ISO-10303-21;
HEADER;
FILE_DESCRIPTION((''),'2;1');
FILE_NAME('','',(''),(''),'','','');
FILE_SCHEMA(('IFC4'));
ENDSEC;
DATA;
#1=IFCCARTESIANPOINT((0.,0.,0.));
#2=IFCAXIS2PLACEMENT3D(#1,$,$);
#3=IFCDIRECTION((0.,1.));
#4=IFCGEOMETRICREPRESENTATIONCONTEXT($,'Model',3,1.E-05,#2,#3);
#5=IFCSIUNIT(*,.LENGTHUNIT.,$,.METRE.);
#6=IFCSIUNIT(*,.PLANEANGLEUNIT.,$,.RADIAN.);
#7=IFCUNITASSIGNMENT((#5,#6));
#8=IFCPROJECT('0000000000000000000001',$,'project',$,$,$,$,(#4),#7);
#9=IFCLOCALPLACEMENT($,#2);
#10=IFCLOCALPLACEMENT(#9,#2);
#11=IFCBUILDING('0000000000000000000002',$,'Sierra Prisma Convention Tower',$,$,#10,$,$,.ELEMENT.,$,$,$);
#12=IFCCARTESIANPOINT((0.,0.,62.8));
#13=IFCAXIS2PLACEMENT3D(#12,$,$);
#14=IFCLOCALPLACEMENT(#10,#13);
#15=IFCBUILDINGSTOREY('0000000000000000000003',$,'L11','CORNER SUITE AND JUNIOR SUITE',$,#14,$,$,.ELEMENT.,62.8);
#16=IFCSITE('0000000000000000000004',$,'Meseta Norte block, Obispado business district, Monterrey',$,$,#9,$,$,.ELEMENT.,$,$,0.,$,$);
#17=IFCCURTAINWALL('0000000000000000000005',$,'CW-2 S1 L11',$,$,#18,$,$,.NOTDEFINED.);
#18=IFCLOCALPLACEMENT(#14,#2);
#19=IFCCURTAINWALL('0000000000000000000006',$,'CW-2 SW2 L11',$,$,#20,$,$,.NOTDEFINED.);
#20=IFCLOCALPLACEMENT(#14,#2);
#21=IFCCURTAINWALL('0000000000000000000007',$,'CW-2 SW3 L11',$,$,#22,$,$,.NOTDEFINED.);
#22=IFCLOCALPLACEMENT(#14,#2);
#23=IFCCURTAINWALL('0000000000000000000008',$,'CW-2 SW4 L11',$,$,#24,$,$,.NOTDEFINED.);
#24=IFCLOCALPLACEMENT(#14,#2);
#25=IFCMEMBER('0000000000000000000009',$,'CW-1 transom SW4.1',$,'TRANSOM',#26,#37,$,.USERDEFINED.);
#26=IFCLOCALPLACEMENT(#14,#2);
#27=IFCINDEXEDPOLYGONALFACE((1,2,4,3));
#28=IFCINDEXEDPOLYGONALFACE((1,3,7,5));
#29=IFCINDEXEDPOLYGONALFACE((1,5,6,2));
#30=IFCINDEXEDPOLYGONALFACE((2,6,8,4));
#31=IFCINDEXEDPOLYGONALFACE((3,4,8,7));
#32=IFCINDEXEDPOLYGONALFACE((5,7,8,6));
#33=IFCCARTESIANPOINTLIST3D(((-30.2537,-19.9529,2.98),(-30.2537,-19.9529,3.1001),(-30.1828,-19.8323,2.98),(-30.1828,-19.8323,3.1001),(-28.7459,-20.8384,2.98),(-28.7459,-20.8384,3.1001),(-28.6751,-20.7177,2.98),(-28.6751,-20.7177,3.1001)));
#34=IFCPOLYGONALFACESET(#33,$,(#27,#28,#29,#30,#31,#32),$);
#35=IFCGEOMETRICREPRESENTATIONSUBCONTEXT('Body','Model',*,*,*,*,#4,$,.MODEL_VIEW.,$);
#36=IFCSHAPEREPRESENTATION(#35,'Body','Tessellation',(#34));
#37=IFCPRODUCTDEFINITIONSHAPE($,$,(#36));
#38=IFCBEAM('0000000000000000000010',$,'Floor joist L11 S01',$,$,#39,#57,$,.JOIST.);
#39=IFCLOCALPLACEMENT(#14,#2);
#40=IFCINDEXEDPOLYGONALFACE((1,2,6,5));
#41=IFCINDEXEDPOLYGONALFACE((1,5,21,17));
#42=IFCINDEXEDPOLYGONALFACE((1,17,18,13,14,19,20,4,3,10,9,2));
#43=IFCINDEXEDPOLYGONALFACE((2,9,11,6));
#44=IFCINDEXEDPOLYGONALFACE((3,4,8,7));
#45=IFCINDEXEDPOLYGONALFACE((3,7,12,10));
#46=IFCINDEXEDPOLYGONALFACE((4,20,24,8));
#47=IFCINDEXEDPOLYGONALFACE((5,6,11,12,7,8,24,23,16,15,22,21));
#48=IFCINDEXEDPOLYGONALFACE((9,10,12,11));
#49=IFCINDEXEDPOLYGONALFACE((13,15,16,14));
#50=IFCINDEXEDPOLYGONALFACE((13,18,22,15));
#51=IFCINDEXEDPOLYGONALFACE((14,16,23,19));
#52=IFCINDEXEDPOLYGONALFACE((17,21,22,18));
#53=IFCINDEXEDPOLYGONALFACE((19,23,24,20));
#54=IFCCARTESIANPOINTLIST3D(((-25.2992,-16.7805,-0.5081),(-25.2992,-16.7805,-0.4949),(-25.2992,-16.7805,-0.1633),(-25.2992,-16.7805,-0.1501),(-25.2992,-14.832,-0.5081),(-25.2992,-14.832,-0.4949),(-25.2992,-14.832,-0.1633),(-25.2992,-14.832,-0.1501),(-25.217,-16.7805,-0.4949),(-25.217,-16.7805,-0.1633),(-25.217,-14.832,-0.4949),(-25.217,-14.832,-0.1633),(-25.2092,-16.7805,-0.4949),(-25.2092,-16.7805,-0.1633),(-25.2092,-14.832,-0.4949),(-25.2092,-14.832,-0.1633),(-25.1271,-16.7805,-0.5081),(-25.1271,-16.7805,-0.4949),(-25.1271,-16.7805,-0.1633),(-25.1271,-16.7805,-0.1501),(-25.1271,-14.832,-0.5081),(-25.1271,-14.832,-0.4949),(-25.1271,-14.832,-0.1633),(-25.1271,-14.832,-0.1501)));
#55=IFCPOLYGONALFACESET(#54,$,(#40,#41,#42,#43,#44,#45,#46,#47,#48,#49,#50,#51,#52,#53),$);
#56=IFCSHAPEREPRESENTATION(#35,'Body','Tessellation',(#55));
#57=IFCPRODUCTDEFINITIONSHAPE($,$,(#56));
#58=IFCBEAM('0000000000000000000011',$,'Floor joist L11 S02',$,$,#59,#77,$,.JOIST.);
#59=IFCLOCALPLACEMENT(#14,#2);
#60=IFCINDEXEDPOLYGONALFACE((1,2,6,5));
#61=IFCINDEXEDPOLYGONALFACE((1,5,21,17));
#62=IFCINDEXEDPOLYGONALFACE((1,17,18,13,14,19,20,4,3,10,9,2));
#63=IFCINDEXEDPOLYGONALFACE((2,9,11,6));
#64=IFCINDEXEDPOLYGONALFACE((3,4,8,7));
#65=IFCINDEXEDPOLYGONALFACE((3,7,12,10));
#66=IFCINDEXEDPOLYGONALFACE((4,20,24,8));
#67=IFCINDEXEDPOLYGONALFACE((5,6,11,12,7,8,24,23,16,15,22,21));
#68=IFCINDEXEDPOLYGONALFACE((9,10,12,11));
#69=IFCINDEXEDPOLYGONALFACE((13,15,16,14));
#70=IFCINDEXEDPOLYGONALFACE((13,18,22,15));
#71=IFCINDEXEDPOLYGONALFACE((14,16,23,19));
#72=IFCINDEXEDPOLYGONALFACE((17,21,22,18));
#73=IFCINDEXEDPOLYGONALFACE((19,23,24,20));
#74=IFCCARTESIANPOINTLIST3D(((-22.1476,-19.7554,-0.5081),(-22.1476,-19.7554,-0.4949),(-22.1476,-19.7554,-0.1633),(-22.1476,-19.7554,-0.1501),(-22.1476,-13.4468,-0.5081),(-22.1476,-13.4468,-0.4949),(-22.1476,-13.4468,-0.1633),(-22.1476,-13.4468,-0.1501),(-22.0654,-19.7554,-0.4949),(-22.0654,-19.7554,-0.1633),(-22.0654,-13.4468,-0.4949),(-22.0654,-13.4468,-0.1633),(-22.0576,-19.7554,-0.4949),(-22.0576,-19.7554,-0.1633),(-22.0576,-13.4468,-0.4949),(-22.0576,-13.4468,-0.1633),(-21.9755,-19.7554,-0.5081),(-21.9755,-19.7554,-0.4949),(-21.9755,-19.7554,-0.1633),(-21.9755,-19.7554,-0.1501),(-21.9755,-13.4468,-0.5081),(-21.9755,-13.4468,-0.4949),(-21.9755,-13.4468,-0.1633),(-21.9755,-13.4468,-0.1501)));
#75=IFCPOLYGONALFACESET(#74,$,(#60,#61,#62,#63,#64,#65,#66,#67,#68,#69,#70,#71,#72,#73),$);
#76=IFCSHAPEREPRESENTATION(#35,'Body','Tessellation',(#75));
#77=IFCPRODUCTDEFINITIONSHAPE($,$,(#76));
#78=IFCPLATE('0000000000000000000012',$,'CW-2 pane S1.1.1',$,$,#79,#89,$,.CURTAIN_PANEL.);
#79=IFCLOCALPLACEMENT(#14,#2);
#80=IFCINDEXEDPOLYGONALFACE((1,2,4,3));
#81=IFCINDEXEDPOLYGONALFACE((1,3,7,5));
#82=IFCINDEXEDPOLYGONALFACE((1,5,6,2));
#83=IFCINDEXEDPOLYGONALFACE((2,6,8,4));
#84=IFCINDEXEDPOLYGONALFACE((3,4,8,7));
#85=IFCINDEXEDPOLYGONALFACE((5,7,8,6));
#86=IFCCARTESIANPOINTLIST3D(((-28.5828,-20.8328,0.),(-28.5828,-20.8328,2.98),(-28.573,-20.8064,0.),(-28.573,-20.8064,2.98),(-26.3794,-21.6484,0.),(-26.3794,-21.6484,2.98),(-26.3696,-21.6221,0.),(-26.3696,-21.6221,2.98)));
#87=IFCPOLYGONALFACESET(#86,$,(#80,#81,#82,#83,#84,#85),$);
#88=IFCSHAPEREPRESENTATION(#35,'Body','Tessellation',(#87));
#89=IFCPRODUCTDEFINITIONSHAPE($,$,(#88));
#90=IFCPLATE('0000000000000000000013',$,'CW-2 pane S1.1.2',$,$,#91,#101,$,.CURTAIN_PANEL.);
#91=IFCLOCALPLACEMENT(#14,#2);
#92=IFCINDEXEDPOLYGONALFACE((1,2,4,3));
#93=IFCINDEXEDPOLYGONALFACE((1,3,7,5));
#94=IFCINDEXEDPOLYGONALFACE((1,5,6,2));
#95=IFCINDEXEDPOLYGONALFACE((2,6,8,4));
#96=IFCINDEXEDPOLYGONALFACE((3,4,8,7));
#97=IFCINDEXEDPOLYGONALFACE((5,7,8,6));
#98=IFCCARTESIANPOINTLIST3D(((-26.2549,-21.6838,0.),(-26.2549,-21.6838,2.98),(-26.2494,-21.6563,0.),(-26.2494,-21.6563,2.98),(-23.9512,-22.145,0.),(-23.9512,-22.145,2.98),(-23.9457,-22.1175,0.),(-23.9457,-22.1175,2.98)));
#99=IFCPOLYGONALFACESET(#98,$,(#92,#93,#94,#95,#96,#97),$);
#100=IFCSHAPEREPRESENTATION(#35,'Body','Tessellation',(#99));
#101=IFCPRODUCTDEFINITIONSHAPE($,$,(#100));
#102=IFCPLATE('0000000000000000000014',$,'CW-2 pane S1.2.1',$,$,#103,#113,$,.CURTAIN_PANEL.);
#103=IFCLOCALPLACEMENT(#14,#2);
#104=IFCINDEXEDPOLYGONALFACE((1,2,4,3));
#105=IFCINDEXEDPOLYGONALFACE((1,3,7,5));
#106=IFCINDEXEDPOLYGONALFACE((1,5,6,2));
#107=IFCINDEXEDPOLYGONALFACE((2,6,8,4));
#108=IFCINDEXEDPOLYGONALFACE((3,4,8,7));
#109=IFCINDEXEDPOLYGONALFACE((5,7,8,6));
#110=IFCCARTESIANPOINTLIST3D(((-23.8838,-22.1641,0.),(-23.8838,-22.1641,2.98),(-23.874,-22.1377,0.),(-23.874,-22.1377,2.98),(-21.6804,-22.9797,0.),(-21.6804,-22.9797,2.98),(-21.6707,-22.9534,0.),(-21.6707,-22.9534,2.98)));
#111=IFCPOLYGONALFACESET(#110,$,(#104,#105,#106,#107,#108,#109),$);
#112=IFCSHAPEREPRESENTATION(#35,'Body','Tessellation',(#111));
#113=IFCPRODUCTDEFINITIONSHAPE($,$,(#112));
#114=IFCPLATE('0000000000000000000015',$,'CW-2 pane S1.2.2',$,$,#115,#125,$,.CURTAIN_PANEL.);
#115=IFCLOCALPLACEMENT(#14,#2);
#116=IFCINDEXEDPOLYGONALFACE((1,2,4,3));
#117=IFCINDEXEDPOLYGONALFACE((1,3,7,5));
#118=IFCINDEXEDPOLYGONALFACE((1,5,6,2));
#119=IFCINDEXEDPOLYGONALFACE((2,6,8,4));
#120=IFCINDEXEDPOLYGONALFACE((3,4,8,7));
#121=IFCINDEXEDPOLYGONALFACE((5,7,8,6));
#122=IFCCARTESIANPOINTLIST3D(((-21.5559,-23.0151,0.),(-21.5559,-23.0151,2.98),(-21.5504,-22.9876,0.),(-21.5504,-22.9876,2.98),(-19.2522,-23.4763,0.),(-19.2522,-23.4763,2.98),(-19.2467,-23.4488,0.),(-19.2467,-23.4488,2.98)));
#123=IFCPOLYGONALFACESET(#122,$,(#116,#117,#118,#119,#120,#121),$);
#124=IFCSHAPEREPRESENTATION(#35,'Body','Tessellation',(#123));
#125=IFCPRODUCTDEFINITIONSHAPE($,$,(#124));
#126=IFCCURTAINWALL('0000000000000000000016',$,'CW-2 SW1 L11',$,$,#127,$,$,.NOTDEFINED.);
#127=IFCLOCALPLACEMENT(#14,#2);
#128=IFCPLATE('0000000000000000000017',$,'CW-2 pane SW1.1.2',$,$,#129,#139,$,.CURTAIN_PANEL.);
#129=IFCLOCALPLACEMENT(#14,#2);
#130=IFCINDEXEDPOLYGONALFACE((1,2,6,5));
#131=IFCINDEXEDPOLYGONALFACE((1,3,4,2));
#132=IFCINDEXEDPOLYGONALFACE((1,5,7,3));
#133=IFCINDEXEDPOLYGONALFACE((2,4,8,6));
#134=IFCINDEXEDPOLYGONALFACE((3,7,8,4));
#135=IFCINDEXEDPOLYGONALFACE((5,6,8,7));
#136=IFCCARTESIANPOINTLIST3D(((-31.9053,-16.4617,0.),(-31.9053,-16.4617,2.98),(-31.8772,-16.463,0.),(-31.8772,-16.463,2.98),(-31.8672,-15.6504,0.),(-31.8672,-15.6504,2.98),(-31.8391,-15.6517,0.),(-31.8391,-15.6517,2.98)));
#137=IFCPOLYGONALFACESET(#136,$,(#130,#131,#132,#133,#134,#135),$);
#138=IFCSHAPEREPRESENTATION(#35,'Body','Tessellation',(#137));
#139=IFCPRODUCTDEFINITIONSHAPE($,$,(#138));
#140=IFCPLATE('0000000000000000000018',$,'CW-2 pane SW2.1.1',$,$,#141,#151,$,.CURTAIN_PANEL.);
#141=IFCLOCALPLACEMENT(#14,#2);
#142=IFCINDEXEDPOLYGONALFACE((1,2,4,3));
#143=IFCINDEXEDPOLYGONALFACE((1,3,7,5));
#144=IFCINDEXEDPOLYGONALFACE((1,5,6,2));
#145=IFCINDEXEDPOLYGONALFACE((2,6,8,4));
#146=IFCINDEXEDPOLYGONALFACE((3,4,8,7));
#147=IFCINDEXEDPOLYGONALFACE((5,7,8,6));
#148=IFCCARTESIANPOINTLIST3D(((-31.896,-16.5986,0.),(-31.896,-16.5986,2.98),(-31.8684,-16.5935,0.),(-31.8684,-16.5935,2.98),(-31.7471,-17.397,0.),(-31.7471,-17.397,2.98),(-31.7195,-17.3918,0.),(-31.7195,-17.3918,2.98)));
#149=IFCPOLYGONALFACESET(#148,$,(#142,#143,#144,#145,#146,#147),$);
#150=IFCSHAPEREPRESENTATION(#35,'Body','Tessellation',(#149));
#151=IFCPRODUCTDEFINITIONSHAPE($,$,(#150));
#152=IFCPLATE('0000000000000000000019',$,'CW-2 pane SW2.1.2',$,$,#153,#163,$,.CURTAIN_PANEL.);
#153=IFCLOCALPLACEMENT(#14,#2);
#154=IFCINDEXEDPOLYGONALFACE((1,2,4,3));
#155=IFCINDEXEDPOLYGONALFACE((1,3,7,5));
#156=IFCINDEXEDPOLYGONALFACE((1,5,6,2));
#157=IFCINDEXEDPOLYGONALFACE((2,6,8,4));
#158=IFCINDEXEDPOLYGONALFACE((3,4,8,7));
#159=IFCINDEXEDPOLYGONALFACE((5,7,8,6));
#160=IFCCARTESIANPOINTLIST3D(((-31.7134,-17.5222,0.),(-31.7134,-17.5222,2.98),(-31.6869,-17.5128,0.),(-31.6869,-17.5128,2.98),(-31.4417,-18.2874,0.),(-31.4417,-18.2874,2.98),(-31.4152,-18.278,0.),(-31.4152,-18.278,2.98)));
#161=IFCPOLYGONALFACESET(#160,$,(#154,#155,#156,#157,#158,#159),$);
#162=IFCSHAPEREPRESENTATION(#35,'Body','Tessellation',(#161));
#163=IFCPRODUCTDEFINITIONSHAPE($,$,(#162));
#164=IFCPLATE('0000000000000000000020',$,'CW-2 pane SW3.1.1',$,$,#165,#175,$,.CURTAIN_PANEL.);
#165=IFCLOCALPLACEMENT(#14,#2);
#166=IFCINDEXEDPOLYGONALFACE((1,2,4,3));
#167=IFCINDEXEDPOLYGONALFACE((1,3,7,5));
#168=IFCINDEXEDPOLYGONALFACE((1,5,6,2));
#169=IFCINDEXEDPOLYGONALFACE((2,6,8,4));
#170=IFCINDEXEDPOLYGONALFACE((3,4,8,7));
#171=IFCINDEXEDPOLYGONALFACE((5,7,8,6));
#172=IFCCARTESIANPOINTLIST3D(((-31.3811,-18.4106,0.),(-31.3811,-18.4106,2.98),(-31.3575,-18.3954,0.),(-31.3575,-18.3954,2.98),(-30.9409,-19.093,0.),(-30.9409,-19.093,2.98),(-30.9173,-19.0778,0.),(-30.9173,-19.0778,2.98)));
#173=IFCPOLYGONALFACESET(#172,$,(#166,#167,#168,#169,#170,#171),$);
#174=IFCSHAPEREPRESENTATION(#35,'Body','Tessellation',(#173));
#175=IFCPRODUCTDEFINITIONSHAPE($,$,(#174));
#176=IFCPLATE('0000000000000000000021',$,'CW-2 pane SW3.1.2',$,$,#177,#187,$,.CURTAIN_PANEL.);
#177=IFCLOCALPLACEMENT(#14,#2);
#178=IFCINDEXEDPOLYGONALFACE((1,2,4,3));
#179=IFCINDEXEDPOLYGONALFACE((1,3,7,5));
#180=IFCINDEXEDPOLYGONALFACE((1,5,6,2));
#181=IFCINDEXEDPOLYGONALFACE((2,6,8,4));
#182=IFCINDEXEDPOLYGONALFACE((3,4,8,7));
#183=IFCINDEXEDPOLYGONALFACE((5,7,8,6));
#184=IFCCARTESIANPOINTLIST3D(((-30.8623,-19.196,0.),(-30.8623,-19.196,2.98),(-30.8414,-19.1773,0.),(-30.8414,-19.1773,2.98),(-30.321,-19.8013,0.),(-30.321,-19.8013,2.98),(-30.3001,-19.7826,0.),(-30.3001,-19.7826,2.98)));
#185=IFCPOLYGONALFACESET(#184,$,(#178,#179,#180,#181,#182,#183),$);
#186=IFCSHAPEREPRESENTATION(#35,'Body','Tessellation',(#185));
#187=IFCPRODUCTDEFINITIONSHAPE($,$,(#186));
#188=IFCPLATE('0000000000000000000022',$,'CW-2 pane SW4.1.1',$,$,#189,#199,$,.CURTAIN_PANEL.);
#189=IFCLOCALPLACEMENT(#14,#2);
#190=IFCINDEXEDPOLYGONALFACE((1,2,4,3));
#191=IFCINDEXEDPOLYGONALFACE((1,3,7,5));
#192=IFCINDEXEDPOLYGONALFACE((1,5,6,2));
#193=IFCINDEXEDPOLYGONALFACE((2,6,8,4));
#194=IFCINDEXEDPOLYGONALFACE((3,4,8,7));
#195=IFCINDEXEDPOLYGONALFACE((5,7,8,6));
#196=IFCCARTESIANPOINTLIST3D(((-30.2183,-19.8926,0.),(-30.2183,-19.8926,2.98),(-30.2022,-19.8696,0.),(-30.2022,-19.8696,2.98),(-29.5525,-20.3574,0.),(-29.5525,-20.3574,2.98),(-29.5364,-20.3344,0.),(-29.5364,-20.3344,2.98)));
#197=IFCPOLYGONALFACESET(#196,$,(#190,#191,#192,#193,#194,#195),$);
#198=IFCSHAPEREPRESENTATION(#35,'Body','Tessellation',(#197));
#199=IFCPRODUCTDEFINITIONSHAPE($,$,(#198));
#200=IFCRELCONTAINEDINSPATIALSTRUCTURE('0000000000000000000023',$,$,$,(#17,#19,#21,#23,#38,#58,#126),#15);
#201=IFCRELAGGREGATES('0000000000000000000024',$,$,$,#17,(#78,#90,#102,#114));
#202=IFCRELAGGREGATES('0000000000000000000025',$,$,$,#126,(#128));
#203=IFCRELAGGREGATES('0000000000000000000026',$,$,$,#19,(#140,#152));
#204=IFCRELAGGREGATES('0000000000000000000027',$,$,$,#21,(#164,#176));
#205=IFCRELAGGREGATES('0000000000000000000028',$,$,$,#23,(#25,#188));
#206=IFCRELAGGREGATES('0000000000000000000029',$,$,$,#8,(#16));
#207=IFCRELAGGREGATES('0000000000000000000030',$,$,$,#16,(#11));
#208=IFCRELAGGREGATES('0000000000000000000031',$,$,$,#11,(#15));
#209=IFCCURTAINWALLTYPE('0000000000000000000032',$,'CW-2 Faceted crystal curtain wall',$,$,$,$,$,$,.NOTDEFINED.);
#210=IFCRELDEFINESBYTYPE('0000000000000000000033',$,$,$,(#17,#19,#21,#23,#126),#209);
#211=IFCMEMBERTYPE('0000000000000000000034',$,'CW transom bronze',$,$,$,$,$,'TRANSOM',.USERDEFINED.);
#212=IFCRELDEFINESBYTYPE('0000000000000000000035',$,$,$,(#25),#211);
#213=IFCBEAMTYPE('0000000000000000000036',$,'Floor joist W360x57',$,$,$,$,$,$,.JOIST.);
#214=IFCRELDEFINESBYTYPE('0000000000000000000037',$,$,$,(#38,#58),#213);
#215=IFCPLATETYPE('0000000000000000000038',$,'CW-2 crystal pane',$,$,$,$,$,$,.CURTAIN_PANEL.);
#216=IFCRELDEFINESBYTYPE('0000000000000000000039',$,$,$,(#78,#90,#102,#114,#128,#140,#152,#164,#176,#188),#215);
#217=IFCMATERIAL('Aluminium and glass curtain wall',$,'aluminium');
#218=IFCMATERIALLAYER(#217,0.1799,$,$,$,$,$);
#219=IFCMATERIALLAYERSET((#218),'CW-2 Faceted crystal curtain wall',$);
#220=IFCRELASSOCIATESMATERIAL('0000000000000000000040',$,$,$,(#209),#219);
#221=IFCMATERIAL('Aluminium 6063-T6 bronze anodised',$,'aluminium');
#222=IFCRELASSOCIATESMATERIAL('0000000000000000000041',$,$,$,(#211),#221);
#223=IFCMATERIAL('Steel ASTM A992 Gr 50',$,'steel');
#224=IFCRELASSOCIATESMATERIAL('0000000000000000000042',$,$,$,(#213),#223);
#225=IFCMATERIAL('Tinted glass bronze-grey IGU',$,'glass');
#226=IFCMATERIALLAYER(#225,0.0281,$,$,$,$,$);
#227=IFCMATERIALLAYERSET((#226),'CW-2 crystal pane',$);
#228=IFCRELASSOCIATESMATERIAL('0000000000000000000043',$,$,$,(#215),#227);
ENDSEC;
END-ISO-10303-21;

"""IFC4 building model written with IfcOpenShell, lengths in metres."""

from ifc_helpers import new_model, si_unit, direction, frame, origin, origin_2d, place, context, subcontext, project, spatial, polyline, rectangle, i_section, outline, extrude, material, layer, layer_set, material_profile, profile_set, type_object, element, aggregate, save


model = new_model("IFC4")

# Units and contexts
model_context = context("Model", 3, precision=1e-05, world=origin(), true_north=direction((0.0, 1.0)))
body_context = subcontext(model_context, "Body", "Model", "MODEL_VIEW")
ifc_project = project(units=[si_unit("LENGTHUNIT", "METRE"), si_unit("PLANEANGLEUNIT", "RADIAN")], contexts=[model_context])

# Site, building, storey
site_placement = place(None, origin())
site = spatial("IfcSite", under=ifc_project, at=site_placement, Name="Meseta Norte block, Obispado business district, Monterrey", CompositionType="ELEMENT", RefElevation=0.0)
building_placement = place(site_placement, origin())
building = spatial("IfcBuilding", under=site, at=building_placement, Name="Sierra Prisma Convention Tower", CompositionType="ELEMENT")
storey_placement = place(building_placement, frame((0.0, 0.0, 62.8)))
storey = spatial("IfcBuildingStorey", under=building, at=storey_placement, Name="L11", Description="CORNER SUITE AND JUNIOR SUITE", CompositionType="ELEMENT", Elevation=62.8)

# Curtain wall
ifc_material_1 = material(Name="Aluminium and glass curtain wall", Category="aluminium")
ifc_layer_1 = layer(ifc_material_1, 0.1799)
ifc_layer_set_1 = layer_set([ifc_layer_1], Name="CW-2 Faceted crystal curtain wall")
curtain_wall_type = type_object("IfcCurtainWallType", Name="CW-2 Faceted crystal curtain wall", PredefinedType="NOTDEFINED", material=ifc_layer_set_1)
curtain_wall_1_placement = place(storey_placement, origin())
curtain_wall_1 = element("IfcCurtainWall", 1, at=curtain_wall_1_placement, inside=storey, type_object=curtain_wall_type, Name="CW-2 S1 L11", PredefinedType="NOTDEFINED")

# Curtain walls
curtain_wall_2_placement = place(storey_placement, origin())
curtain_wall_2 = element("IfcCurtainWall", 2, at=curtain_wall_2_placement, inside=storey, type_object=curtain_wall_type, Name="CW-2 SW2 L11", PredefinedType="NOTDEFINED")
curtain_wall_3_placement = place(storey_placement, origin())
curtain_wall_3 = element("IfcCurtainWall", 3, at=curtain_wall_3_placement, inside=storey, type_object=curtain_wall_type, Name="CW-2 SW3 L11", PredefinedType="NOTDEFINED")
curtain_wall_4_placement = place(storey_placement, origin())
curtain_wall_4 = element("IfcCurtainWall", 4, at=curtain_wall_4_placement, inside=storey, type_object=curtain_wall_type, Name="CW-2 SW4 L11", PredefinedType="NOTDEFINED")

# Member
ifc_material_2 = material(Name="Aluminium 6063-T6 bronze anodised", Category="aluminium")
ifc_material_profile_1 = material_profile(ifc_material_2, rectangle(XDim=0.1399, YDim=0.1201, at=origin_2d()), Name="ALU TRANSOM 120x140")
ifc_profile_set_1 = profile_set([ifc_material_profile_1], Name="Aluminium 6063-T6 bronze anodised")
member_type_1 = type_object("IfcMemberType", Name="CW transom bronze", ElementType="TRANSOM", PredefinedType="USERDEFINED", material=ifc_profile_set_1)
member_1_placement = place(storey_placement, frame((-30.2183, -19.8926, 3.04), z_axis=(0.862297, -0.506404, 0.0), x_axis=(0.506404, 0.862297, 0.0)))
member_1 = element("IfcMember", 5, at=member_1_placement, type_object=member_type_1, Name="CW-1 transom SW4.1", ObjectType="TRANSOM", PredefinedType="USERDEFINED", context=body_context, shape_type="SweptSolid", body=[
    extrude(rectangle(XDim=0.1399, YDim=0.1201, at=origin_2d()), origin(), (0.0, 0.0, 1.0), 1.7485),
])

# Beams
ifc_material_3 = material(Name="Steel ASTM A992 Gr 50", Category="steel")
ifc_material_profile_2 = material_profile(ifc_material_3, i_section(OverallWidth=0.1721, OverallDepth=0.3579, WebThickness=0.0078, FlangeThickness=0.0132, at=origin_2d()), Name="W360x57")
ifc_profile_set_2 = profile_set([ifc_material_profile_2], Name="Steel ASTM A992 Gr 50")
beam_type = type_object("IfcBeamType", Name="Floor joist W360x57", PredefinedType="JOIST", material=ifc_profile_set_2)
beam_1_placement = place(storey_placement, frame((-25.2131, -16.7805, -0.3291), z_axis=(0.0, 1.0, 0.0), x_axis=(-1.0, 0.0, 0.0)))
element("IfcBeam", 6, at=beam_1_placement, inside=storey, type_object=beam_type, Name="Floor joist L11 S01", PredefinedType="JOIST", context=body_context, shape_type="SweptSolid", body=[
    extrude(i_section(OverallWidth=0.1721, OverallDepth=0.3579, WebThickness=0.0078, FlangeThickness=0.0132, at=origin_2d()), origin(), (0.0, 0.0, 1.0), 1.9485),
])
beam_2_placement = place(storey_placement, frame((-22.0615, -19.7554, -0.3291), z_axis=(0.0, 1.0, 0.0), x_axis=(-1.0, 0.0, 0.0)))
element("IfcBeam", 7, at=beam_2_placement, inside=storey, type_object=beam_type, Name="Floor joist L11 S02", PredefinedType="JOIST", context=body_context, shape_type="SweptSolid", body=[
    extrude(i_section(OverallWidth=0.1721, OverallDepth=0.3579, WebThickness=0.0078, FlangeThickness=0.0132, at=origin_2d()), origin(), (0.0, 0.0, 1.0), 6.3086),
])

# Plates
ifc_material_4 = material(Name="Tinted glass bronze-grey IGU", Category="glass")
ifc_layer_2 = layer(ifc_material_4, 0.0281)
ifc_layer_set_2 = layer_set([ifc_layer_2], Name="CW-2 crystal pane")
plate_type = type_object("IfcPlateType", Name="CW-2 crystal pane", PredefinedType="CURTAIN_PANEL", material=ifc_layer_set_2)
plate_1_placement = place(storey_placement, frame((-28.5828, -20.8328, 0.0), z_axis=(-0.347169, -0.937803, 0.0), x_axis=(0.937803, -0.347169, 0.0)))
plate_1 = element("IfcPlate", 8, at=plate_1_placement, type_object=plate_type, Name="CW-2 pane S1.1.1", PredefinedType="CURTAIN_PANEL", context=body_context, shape_type="SweptSolid", body=[
    extrude(outline(polyline([(0.0, 0.0), (2.3495, 0.0), (2.3495, 2.98), (0.0, 2.98), (0.0, 0.0)])), origin(), (0.0, 0.0, -1.0), 0.0281),
])
plate_2_placement = place(storey_placement, frame((-23.9512, -22.145, 0.0), z_axis=(-0.196296, -0.980545, 0.0), x_axis=(-0.980545, 0.196296, 0.0)))
plate_2 = element("IfcPlate", 9, at=plate_2_placement, type_object=plate_type, Name="CW-2 pane S1.1.2", PredefinedType="CURTAIN_PANEL", context=body_context, shape_type="SweptSolid", body=[
    extrude(outline(polyline([(0.0, 0.0), (2.3494, 0.0), (2.3494, -2.98), (0.0, -2.98), (0.0, 0.0)])), origin(), (0.0, 0.0, -1.0), 0.0281),
])
plate_3_placement = place(storey_placement, frame((-23.8838, -22.1641, 0.0), z_axis=(-0.347169, -0.937803, 0.0), x_axis=(0.937803, -0.347169, 0.0)))
plate_3 = element("IfcPlate", 10, at=plate_3_placement, type_object=plate_type, Name="CW-2 pane S1.2.1", PredefinedType="CURTAIN_PANEL", context=body_context, shape_type="SweptSolid", body=[
    extrude(outline(polyline([(0.0, 0.0), (2.3495, 0.0), (2.3495, 2.98), (0.0, 2.98), (0.0, 0.0)])), origin(), (0.0, 0.0, -1.0), 0.0281),
])
plate_4_placement = place(storey_placement, frame((-19.2522, -23.4763, 0.0), z_axis=(-0.196296, -0.980545, 0.0), x_axis=(-0.980545, 0.196296, 0.0)))
plate_4 = element("IfcPlate", 11, at=plate_4_placement, type_object=plate_type, Name="CW-2 pane S1.2.2", PredefinedType="CURTAIN_PANEL", context=body_context, shape_type="SweptSolid", body=[
    extrude(outline(polyline([(0.0, 0.0), (2.3494, 0.0), (2.3494, -2.98), (0.0, -2.98), (0.0, 0.0)])), origin(), (0.0, 0.0, -1.0), 0.0281),
])
aggregate(curtain_wall_1, [plate_1, plate_2, plate_3, plate_4])

# Curtain wall, plate
curtain_wall_5_placement = place(storey_placement, origin())
curtain_wall_5 = element("IfcCurtainWall", 12, at=curtain_wall_5_placement, inside=storey, type_object=curtain_wall_type, Name="CW-2 SW1 L11", PredefinedType="NOTDEFINED")
plate_5_placement = place(storey_placement, frame((-31.9053, -16.4617, 0.0), z_axis=(-0.9989, 0.046894, 0.0), x_axis=(0.046894, 0.9989, 0.0)))
plate_5 = element("IfcPlate", 13, at=plate_5_placement, type_object=plate_type, Name="CW-2 pane SW1.1.2", PredefinedType="CURTAIN_PANEL", context=body_context, shape_type="SweptSolid", body=[
    extrude(outline(polyline([(0.0, 0.0), (0.8122, 0.0), (0.8122, -2.98), (0.0, -2.98), (0.0, 0.0)])), origin(), (0.0, 0.0, -1.0), 0.0281),
])
aggregate(curtain_wall_5, [plate_5])

# Plates
plate_6_placement = place(storey_placement, frame((-31.896, -16.5986, 0.0), z_axis=(-0.983042, -0.183381, 0.0), x_axis=(0.183381, -0.983042, 0.0)))
plate_6 = element("IfcPlate", 14, at=plate_6_placement, type_object=plate_type, Name="CW-2 pane SW2.1.1", PredefinedType="CURTAIN_PANEL", context=body_context, shape_type="SweptSolid", body=[
    extrude(outline(polyline([(0.0, 0.0), (0.8121, 0.0), (0.8121, 2.98), (0.0, 2.98), (0.0, 0.0)])), origin(), (0.0, 0.0, -1.0), 0.0281),
])
plate_7_placement = place(storey_placement, frame((-31.4417, -18.2874, 0.0), z_axis=(-0.942339, -0.33466, 0.0), x_axis=(-0.33466, 0.942339, 0.0)))
plate_7 = element("IfcPlate", 15, at=plate_7_placement, type_object=plate_type, Name="CW-2 pane SW2.1.2", PredefinedType="CURTAIN_PANEL", context=body_context, shape_type="SweptSolid", body=[
    extrude(outline(polyline([(0.0, 0.0), (0.812, 0.0), (0.812, -2.98), (0.0, -2.98), (0.0, 0.0)])), origin(), (0.0, 0.0, -1.0), 0.0281),
])
aggregate(curtain_wall_2, [plate_6, plate_7])
plate_8_placement = place(storey_placement, frame((-31.3811, -18.4106, 0.0), z_axis=(-0.840328, -0.542079, 0.0), x_axis=(0.542079, -0.840328, 0.0)))
plate_8 = element("IfcPlate", 16, at=plate_8_placement, type_object=plate_type, Name="CW-2 pane SW3.1.1", PredefinedType="CURTAIN_PANEL", context=body_context, shape_type="SweptSolid", body=[
    extrude(outline(polyline([(0.0, 0.0), (0.812, 0.0), (0.812, 2.98), (0.0, 2.98), (0.0, 0.0)])), origin(), (0.0, 0.0, -1.0), 0.0281),
])
plate_9_placement = place(storey_placement, frame((-30.321, -19.8013, 0.0), z_axis=(-0.745399, -0.666619, 0.0), x_axis=(-0.666619, 0.745399, 0.0)))
plate_9 = element("IfcPlate", 17, at=plate_9_placement, type_object=plate_type, Name="CW-2 pane SW3.1.2", PredefinedType="CURTAIN_PANEL", context=body_context, shape_type="SweptSolid", body=[
    extrude(outline(polyline([(0.0, 0.0), (0.8119, 0.0), (0.8119, -2.98), (0.0, -2.98), (0.0, 0.0)])), origin(), (0.0, 0.0, -1.0), 0.0281),
])
aggregate(curtain_wall_3, [plate_8, plate_9])
plate_10_placement = place(storey_placement, frame((-30.2183, -19.8926, 0.0), z_axis=(-0.572473, -0.819923, 0.0), x_axis=(0.819923, -0.572473, 0.0)))
plate_10 = element("IfcPlate", 18, at=plate_10_placement, type_object=plate_type, Name="CW-2 pane SW4.1.1", PredefinedType="CURTAIN_PANEL", context=body_context, shape_type="SweptSolid", body=[
    extrude(outline(polyline([(0.0, 0.0), (0.812, 0.0), (0.812, 2.98), (0.0, 2.98), (0.0, 0.0)])), origin(), (0.0, 0.0, -1.0), 0.0281),
])
aggregate(curtain_wall_4, [member_1, plate_10])

save(model, "model.ifc")
